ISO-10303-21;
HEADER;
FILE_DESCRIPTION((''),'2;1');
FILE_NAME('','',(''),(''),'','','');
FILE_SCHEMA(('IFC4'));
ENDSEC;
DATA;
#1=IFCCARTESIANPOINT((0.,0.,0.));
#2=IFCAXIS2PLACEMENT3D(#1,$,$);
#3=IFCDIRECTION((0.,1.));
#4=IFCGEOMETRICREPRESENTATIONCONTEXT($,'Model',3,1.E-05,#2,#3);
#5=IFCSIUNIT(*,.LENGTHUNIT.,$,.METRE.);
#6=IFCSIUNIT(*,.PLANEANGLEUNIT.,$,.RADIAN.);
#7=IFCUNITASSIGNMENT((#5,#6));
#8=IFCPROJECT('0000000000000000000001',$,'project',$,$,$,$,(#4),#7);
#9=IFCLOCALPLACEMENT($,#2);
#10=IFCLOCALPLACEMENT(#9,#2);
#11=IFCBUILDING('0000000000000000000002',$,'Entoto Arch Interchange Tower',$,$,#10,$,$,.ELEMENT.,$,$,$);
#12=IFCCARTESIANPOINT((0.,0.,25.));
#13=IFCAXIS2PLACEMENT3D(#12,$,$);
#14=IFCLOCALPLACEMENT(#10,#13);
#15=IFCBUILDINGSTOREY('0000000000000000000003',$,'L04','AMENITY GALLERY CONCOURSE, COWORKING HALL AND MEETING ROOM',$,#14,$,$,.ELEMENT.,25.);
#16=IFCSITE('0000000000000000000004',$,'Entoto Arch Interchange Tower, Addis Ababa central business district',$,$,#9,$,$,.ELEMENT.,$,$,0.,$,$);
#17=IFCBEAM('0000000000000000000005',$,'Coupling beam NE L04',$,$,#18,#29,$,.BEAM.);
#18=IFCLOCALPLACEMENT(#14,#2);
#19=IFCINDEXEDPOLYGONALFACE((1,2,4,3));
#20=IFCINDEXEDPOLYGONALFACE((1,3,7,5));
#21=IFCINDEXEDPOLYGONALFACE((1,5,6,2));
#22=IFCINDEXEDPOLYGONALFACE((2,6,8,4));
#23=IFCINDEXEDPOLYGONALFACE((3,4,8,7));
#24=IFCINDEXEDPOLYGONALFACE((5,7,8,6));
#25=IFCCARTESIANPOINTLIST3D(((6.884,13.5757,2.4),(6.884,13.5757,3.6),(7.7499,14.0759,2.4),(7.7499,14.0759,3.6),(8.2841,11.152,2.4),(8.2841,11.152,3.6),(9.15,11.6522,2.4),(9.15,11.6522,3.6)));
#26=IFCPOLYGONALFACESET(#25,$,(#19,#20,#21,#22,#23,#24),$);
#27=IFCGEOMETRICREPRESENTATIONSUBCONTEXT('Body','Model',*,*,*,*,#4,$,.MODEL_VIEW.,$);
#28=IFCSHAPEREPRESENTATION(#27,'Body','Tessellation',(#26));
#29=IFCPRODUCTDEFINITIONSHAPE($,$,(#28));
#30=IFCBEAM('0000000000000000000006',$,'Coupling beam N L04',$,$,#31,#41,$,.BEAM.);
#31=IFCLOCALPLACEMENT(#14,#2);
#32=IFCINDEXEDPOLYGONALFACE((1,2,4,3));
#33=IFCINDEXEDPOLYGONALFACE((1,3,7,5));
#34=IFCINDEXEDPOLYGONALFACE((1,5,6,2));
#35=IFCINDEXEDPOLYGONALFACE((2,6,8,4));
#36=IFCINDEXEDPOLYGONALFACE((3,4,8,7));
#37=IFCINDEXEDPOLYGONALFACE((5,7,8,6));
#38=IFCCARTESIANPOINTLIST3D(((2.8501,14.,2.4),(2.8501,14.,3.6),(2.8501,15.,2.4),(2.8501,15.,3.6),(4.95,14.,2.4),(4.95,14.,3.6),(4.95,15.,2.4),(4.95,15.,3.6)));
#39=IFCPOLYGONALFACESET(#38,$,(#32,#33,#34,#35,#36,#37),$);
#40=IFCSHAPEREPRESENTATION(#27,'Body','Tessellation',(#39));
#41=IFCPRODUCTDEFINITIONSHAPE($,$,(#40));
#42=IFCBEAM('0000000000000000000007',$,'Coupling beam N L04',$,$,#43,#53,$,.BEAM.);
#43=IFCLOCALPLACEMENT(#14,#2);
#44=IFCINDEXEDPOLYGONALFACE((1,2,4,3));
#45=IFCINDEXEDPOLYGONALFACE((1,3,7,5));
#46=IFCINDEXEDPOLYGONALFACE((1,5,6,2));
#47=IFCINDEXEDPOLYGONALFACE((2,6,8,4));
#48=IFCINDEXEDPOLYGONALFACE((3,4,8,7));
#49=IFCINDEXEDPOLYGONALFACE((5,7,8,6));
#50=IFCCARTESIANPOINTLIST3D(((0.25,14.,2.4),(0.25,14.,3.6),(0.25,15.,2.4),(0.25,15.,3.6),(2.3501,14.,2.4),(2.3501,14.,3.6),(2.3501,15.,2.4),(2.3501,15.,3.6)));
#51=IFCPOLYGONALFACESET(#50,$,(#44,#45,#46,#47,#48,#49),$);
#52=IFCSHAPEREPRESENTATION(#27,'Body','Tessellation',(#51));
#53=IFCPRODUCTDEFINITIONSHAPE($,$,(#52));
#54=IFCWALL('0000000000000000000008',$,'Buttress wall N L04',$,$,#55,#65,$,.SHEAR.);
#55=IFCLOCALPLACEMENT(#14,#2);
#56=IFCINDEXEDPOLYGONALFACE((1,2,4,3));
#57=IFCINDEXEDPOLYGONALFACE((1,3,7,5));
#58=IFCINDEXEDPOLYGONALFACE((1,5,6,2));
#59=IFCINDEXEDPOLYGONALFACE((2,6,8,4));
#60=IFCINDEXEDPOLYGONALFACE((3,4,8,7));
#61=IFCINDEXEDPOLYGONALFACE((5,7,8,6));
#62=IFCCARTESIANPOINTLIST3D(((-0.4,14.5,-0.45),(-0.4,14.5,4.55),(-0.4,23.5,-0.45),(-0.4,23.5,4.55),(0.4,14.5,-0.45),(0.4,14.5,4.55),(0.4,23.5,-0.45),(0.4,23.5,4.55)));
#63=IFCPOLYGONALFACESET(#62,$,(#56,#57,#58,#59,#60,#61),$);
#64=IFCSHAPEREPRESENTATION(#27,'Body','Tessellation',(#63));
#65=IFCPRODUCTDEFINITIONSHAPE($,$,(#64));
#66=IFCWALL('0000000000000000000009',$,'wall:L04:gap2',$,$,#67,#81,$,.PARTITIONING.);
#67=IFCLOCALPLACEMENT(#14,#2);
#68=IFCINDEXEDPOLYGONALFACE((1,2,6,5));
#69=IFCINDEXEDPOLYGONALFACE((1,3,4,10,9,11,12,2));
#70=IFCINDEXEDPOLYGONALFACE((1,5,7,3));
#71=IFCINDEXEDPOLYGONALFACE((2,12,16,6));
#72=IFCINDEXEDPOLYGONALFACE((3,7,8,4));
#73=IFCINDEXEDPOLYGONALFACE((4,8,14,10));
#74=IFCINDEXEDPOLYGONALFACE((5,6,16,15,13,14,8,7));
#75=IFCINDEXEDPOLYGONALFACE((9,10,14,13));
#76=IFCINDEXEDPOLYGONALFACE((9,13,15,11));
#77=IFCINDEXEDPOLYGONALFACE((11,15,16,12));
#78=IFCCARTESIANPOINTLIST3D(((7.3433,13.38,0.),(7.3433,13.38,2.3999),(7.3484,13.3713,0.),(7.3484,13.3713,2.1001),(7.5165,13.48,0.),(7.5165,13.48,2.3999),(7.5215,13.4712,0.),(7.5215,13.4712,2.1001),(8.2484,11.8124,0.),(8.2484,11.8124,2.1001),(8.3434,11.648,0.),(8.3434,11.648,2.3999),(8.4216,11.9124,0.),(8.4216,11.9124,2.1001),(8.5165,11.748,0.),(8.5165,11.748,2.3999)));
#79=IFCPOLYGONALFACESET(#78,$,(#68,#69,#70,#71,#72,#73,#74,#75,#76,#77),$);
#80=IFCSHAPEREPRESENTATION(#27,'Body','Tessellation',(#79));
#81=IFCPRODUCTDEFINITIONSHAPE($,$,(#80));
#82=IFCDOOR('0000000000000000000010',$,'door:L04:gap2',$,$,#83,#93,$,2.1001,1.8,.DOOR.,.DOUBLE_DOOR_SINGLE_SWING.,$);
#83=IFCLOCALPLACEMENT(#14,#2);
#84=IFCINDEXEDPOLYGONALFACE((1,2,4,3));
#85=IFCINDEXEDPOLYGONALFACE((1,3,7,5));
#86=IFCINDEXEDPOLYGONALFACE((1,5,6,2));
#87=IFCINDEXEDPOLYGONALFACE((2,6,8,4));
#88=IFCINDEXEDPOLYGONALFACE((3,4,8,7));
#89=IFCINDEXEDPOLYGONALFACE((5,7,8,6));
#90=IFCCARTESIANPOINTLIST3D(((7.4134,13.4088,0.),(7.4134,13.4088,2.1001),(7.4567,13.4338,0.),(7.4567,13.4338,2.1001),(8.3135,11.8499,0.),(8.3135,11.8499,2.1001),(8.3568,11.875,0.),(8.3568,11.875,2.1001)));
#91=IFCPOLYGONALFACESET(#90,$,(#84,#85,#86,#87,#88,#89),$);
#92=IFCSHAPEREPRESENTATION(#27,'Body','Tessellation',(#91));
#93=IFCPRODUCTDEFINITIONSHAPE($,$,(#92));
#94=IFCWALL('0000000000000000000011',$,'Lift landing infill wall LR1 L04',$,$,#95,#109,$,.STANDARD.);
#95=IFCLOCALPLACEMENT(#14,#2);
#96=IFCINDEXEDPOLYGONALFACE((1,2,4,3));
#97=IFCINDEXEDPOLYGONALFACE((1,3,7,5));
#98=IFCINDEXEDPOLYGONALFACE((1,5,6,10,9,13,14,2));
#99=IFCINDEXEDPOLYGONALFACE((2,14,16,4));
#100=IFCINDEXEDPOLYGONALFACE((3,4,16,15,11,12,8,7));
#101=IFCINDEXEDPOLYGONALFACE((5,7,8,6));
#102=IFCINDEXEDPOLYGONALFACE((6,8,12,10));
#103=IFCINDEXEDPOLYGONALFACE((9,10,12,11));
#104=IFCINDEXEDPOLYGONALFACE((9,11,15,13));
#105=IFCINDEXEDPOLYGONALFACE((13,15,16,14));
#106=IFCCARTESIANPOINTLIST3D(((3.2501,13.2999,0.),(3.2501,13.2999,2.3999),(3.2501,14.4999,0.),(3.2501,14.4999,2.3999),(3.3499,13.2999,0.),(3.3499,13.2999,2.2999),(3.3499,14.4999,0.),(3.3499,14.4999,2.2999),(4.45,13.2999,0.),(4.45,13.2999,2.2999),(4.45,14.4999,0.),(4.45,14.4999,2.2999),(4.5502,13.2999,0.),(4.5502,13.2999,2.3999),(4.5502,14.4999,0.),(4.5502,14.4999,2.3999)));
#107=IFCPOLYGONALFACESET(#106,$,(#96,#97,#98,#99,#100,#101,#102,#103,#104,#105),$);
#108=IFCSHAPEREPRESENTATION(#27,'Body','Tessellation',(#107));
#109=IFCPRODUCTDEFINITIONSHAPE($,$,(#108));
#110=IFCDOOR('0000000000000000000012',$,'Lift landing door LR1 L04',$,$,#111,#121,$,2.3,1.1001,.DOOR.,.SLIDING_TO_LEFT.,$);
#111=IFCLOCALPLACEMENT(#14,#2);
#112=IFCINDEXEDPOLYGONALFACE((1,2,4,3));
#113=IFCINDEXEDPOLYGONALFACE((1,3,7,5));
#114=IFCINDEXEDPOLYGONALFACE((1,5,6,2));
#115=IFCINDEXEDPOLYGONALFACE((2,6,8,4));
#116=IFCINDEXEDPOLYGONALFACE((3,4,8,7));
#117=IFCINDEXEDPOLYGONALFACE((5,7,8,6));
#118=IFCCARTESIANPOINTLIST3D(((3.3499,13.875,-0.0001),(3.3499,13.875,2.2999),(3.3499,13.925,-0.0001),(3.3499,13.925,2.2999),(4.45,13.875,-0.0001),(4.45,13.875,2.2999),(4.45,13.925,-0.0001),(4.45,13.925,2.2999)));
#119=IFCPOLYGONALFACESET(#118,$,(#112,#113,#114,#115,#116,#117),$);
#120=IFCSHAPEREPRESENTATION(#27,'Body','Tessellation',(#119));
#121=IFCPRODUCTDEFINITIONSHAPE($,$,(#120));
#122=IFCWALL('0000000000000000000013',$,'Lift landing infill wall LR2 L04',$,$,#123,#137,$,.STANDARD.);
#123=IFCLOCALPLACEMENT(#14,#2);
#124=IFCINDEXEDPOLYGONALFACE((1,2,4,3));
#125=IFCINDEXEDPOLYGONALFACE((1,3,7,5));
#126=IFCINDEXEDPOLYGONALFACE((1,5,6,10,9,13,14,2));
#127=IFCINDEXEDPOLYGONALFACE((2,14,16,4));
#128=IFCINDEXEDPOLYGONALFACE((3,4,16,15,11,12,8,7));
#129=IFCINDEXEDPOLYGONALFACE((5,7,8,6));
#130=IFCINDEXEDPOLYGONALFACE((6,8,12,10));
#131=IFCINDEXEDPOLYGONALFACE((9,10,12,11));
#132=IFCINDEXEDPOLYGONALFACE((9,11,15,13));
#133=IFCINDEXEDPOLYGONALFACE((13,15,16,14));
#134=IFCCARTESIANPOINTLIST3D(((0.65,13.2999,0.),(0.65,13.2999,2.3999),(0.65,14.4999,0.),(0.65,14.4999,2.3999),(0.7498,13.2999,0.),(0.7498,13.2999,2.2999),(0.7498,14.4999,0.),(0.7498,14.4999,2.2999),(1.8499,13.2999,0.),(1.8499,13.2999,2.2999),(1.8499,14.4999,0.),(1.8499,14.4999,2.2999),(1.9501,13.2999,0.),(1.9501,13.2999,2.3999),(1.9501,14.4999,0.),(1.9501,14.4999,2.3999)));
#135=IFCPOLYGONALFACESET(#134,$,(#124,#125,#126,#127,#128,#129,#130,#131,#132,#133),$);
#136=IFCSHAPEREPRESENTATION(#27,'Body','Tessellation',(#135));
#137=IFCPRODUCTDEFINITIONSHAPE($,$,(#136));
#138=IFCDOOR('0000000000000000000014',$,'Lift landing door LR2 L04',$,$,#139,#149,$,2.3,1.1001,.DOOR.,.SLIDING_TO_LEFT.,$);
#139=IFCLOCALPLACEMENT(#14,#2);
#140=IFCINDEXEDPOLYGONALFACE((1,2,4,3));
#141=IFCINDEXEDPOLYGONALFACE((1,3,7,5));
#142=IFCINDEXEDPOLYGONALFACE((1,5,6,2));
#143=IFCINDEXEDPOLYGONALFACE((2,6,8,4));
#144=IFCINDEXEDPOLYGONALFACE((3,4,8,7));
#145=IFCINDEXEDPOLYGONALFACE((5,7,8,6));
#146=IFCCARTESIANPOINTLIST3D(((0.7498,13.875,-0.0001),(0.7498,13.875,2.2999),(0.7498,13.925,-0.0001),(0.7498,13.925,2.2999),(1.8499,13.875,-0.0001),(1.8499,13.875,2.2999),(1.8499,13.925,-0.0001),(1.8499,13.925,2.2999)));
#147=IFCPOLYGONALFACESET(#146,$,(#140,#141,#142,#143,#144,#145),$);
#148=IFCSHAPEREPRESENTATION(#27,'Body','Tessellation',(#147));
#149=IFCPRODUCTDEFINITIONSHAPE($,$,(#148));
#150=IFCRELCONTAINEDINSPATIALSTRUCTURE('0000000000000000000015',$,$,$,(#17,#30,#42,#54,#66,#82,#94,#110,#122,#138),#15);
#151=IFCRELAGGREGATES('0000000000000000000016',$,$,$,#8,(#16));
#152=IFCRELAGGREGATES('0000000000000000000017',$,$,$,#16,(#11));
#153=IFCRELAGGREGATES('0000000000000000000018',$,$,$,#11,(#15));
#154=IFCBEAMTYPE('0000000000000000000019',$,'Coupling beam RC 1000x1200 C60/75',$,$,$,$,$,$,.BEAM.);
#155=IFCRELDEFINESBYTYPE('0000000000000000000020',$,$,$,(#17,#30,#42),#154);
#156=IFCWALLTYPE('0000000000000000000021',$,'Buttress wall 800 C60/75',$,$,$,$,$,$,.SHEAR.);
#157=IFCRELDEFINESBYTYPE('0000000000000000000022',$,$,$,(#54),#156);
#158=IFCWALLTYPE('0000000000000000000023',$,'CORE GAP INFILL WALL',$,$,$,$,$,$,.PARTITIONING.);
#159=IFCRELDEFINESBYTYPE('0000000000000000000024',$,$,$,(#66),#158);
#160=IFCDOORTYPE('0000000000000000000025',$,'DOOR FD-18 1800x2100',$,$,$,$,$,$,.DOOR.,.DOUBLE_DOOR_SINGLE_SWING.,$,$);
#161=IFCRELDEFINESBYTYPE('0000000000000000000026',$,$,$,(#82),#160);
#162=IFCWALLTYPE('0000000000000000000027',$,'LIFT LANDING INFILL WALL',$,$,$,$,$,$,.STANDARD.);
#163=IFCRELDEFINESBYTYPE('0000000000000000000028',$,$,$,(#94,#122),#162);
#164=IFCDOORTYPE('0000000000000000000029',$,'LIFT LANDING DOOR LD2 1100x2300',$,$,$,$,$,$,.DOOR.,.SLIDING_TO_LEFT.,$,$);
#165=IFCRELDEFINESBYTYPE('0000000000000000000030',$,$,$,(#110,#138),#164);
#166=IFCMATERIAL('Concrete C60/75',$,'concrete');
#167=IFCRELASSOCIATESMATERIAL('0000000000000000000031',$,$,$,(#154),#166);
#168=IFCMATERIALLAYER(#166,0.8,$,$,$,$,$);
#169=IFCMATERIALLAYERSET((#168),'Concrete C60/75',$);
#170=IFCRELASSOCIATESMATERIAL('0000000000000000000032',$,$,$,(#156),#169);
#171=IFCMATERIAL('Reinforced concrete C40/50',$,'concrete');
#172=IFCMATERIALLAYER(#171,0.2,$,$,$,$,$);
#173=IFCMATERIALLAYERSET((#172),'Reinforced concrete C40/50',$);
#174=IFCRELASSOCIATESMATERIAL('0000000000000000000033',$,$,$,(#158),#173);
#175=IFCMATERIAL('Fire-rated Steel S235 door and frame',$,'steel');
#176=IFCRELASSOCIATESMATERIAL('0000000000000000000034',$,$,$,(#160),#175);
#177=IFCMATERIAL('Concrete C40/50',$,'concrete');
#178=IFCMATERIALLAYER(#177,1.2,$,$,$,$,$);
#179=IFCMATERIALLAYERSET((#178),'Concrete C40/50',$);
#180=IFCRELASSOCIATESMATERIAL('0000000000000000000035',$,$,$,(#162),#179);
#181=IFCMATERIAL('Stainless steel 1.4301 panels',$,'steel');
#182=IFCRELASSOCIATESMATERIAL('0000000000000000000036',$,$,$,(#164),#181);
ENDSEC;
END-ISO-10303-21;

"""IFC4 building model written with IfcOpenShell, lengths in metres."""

from ifc_helpers import new_model, si_unit, direction, frame, frame_2d, origin, origin_2d, place, context, subcontext, project, spatial, rectangle, extrude, material, layer, layer_set, material_profile, profile_set, type_object, element, fill, save


model = new_model("IFC4")

# Units and contexts
model_context = context("Model", 3, precision=1e-05, world=origin(), true_north=direction((0.0, 1.0)))
body_context = subcontext(model_context, "Body", "Model", "MODEL_VIEW")
ifc_project = project(units=[si_unit("LENGTHUNIT", "METRE"), si_unit("PLANEANGLEUNIT", "RADIAN")], contexts=[model_context])

# Site, building, storey
site_placement = place(None, origin())
site = spatial("IfcSite", under=ifc_project, at=site_placement, Name="Entoto Arch Interchange Tower, Addis Ababa central business district", CompositionType="ELEMENT", RefElevation=0.0)
building_placement = place(site_placement, origin())
building = spatial("IfcBuilding", under=site, at=building_placement, Name="Entoto Arch Interchange Tower", CompositionType="ELEMENT")
storey_placement = place(building_placement, frame((0.0, 0.0, 25.0)))
storey = spatial("IfcBuildingStorey", under=building, at=storey_placement, Name="L04", Description="AMENITY GALLERY CONCOURSE, COWORKING HALL AND MEETING ROOM", CompositionType="ELEMENT", Elevation=25.0)

# Beams
ifc_material_1 = material(Name="Concrete C60/75", Category="concrete")
ifc_material_profile = material_profile(ifc_material_1, rectangle(XDim=1.0, YDim=1.2, at=origin_2d()))
ifc_profile_set = profile_set([ifc_material_profile], Name="Concrete C60/75")
beam_type = type_object("IfcBeamType", Name="Coupling beam RC 1000x1200 C60/75", PredefinedType="BEAM", material=ifc_profile_set)
beam_1_placement = place(storey_placement, frame((8.717, 11.4021, 3.0), z_axis=(-0.500201, 0.86591, 0.0), x_axis=(-0.86591, -0.500201, 0.0)))
element("IfcBeam", 1, at=beam_1_placement, inside=storey, type_object=beam_type, Name="Coupling beam NE L04", PredefinedType="BEAM", context=body_context, shape_type="SweptSolid", body=[
    extrude(rectangle(XDim=1.0, YDim=1.2, at=origin_2d()), origin(), (0.0, 0.0, 1.0), 2.7991),
])
beam_2_placement = place(storey_placement, frame((4.95, 14.5, 3.0), z_axis=(-1.0, 0.0, 0.0), x_axis=(0.0, -1.0, 0.0)))
element("IfcBeam", 2, at=beam_2_placement, inside=storey, type_object=beam_type, Name="Coupling beam N L04", PredefinedType="BEAM", context=body_context, shape_type="SweptSolid", body=[
    extrude(rectangle(XDim=1.0, YDim=1.2, at=origin_2d()), origin(), (0.0, 0.0, 1.0), 2.0999),
])
beam_3_placement = place(storey_placement, frame((2.3501, 14.5, 3.0), z_axis=(-1.0, 0.0, 0.0), x_axis=(0.0, -1.0, 0.0)))
element("IfcBeam", 3, at=beam_3_placement, inside=storey, type_object=beam_type, Name="Coupling beam N L04", PredefinedType="BEAM", context=body_context, shape_type="SweptSolid", body=[
    extrude(rectangle(XDim=1.0, YDim=1.2, at=origin_2d()), origin(), (0.0, 0.0, 1.0), 2.1001),
])

# Wall
ifc_layer_1 = layer(ifc_material_1, 0.8)
ifc_layer_set_1 = layer_set([ifc_layer_1], Name="Concrete C60/75")
wall_type_1 = type_object("IfcWallType", Name="Buttress wall 800 C60/75", PredefinedType="SHEAR", material=ifc_layer_set_1)
wall_1_placement = place(storey_placement, frame((0.0, 14.5, -0.45), z_axis=(0.0, 0.0, 1.0), x_axis=(0.0, 1.0, 0.0)))
element("IfcWall", 4, at=wall_1_placement, inside=storey, type_object=wall_type_1, Name="Buttress wall N L04", PredefinedType="SHEAR", context=body_context, shape_type="SweptSolid", body=[
    extrude(rectangle(XDim=9.0, YDim=0.8, at=frame_2d((4.5, 0.0))), origin(), (0.0, 0.0, 1.0), 5.0),
])

# Walls, openings, doors
ifc_material_2 = material(Name="Reinforced concrete C40/50", Category="concrete")
ifc_layer_2 = layer(ifc_material_2, 0.2)
ifc_layer_set_2 = layer_set([ifc_layer_2], Name="Reinforced concrete C40/50")
wall_type_2 = type_object("IfcWallType", Name="CORE GAP INFILL WALL", PredefinedType="PARTITIONING", material=ifc_layer_set_2)
wall_2_placement = place(storey_placement, frame((8.4299, 11.698, 0.0), z_axis=(0.0, 0.0, 1.0), x_axis=(-0.500025, 0.866011, 0.0)))
wall_2 = element("IfcWall", 5, at=wall_2_placement, inside=storey, type_object=wall_type_2, Name="wall:L04:gap2", PredefinedType="PARTITIONING", context=body_context, shape_type="SweptSolid", body=[
    extrude(rectangle(XDim=2.0, YDim=0.2, at=frame_2d((1.0, 0.0))), origin(), (0.0, 0.0, 1.0), 2.3999),
])
opening_1_placement = place(wall_2_placement, frame((0.1899, 0.0, 0.0)))
opening_1 = element("IfcOpeningElement", 6, at=opening_1_placement, cuts=wall_2, PredefinedType="OPENING", context=body_context, shape_type="SweptSolid", body=[
    extrude(rectangle(XDim=1.8, YDim=2.1001, at=frame_2d((0.8999, 1.05))), frame((0.0, 0.1099, 0.0), z_axis=(0.0, -1.0, 0.0), x_axis=(1.0, 0.0, 0.0)), (0.0, 0.0, 1.0), 0.22),
])
ifc_material_3 = material(Name="Fire-rated Steel S235 door and frame", Category="steel")
door_type_1 = type_object("IfcDoorType", Name="DOOR FD-18 1800x2100", OperationType="DOUBLE_DOOR_SINGLE_SWING", PredefinedType="DOOR", material=ifc_material_3)
door_1_placement = place(opening_1_placement, origin())
door_1 = element("IfcDoor", 7, at=door_1_placement, inside=storey, type_object=door_type_1, Name="door:L04:gap2", OperationType="DOUBLE_DOOR_SINGLE_SWING", OverallHeight=2.1001, OverallWidth=1.8, PredefinedType="DOOR", context=body_context, shape_type="SweptSolid", body=[
    extrude(rectangle(XDim=1.8, YDim=2.1001, at=frame_2d((0.8999, 1.05))), frame((0.0, 0.0249, 0.0), z_axis=(0.0, -1.0, 0.0), x_axis=(1.0, 0.0, 0.0)), (0.0, 0.0, 1.0), 0.05),
])
fill(opening_1, door_1)
ifc_material_4 = material(Name="Concrete C40/50", Category="concrete")
ifc_layer_3 = layer(ifc_material_4, 1.2)
ifc_layer_set_3 = layer_set([ifc_layer_3], Name="Concrete C40/50")
wall_type_3 = type_object("IfcWallType", Name="LIFT LANDING INFILL WALL", PredefinedType="STANDARD", material=ifc_layer_set_3)
wall_3_placement = place(storey_placement, frame((4.55, 13.8999, 0.0), z_axis=(0.0, 0.0, 1.0), x_axis=(-1.0, 0.0, 0.0)))
wall_3 = element("IfcWall", 8, at=wall_3_placement, inside=storey, type_object=wall_type_3, Name="Lift landing infill wall LR1 L04", PredefinedType="STANDARD", context=body_context, shape_type="SweptSolid", body=[
    extrude(rectangle(XDim=1.3, YDim=1.2, at=frame_2d((0.6499, 0.0))), origin(), (0.0, 0.0, 1.0), 2.3999),
])
opening_2_placement = place(wall_3_placement, frame((0.1001, 0.0, 0.0)))
opening_2 = element("IfcOpeningElement", 9, at=opening_2_placement, cuts=wall_3, PredefinedType="OPENING", context=body_context, shape_type="SweptSolid", body=[
    extrude(rectangle(XDim=1.1001, YDim=2.3, at=frame_2d((0.55, 1.1499))), frame((0.0, 0.6099, 0.0), z_axis=(0.0, -1.0, 0.0), x_axis=(1.0, 0.0, 0.0)), (0.0, 0.0, 1.0), 1.22),
])
ifc_material_5 = material(Name="Stainless steel 1.4301 panels", Category="steel")
door_type_2 = type_object("IfcDoorType", Name="LIFT LANDING DOOR LD2 1100x2300", OperationType="SLIDING_TO_LEFT", PredefinedType="DOOR", material=ifc_material_5)
door_2_placement = place(opening_2_placement, origin())
door_2 = element("IfcDoor", 10, at=door_2_placement, inside=storey, type_object=door_type_2, Name="Lift landing door LR1 L04", OperationType="SLIDING_TO_LEFT", OverallHeight=2.3, OverallWidth=1.1001, PredefinedType="DOOR", context=body_context, shape_type="SweptSolid", body=[
    extrude(rectangle(XDim=1.1001, YDim=2.3, at=frame_2d((0.55, 1.1499))), frame((0.0, 0.0249, 0.0), z_axis=(0.0, -1.0, 0.0), x_axis=(1.0, 0.0, 0.0)), (0.0, 0.0, 1.0), 0.05),
])
fill(opening_2, door_2)
wall_4_placement = place(storey_placement, frame((1.95, 13.8999, 0.0), z_axis=(0.0, 0.0, 1.0), x_axis=(-1.0, 0.0, 0.0)))
wall_4 = element("IfcWall", 11, at=wall_4_placement, inside=storey, type_object=wall_type_3, Name="Lift landing infill wall LR2 L04", PredefinedType="STANDARD", context=body_context, shape_type="SweptSolid", body=[
    extrude(rectangle(XDim=1.3, YDim=1.2, at=frame_2d((0.6499, 0.0))), origin(), (0.0, 0.0, 1.0), 2.3999),
])
opening_3_placement = place(wall_4_placement, frame((0.1001, 0.0, 0.0)))
opening_3 = element("IfcOpeningElement", 12, at=opening_3_placement, cuts=wall_4, PredefinedType="OPENING", context=body_context, shape_type="SweptSolid", body=[
    extrude(rectangle(XDim=1.1001, YDim=2.3, at=frame_2d((0.55, 1.1499))), frame((0.0, 0.6099, 0.0), z_axis=(0.0, -1.0, 0.0), x_axis=(1.0, 0.0, 0.0)), (0.0, 0.0, 1.0), 1.22),
])
door_3_placement = place(opening_3_placement, origin())
door_3 = element("IfcDoor", 13, at=door_3_placement, inside=storey, type_object=door_type_2, Name="Lift landing door LR2 L04", OperationType="SLIDING_TO_LEFT", OverallHeight=2.3, OverallWidth=1.1001, PredefinedType="DOOR", context=body_context, shape_type="SweptSolid", body=[
    extrude(rectangle(XDim=1.1001, YDim=2.3, at=frame_2d((0.55, 1.1499))), frame((0.0, 0.0249, 0.0), z_axis=(0.0, -1.0, 0.0), x_axis=(1.0, 0.0, 0.0)), (0.0, 0.0, 1.0), 0.05),
])
fill(opening_3, door_3)

save(model, "model.ifc")
